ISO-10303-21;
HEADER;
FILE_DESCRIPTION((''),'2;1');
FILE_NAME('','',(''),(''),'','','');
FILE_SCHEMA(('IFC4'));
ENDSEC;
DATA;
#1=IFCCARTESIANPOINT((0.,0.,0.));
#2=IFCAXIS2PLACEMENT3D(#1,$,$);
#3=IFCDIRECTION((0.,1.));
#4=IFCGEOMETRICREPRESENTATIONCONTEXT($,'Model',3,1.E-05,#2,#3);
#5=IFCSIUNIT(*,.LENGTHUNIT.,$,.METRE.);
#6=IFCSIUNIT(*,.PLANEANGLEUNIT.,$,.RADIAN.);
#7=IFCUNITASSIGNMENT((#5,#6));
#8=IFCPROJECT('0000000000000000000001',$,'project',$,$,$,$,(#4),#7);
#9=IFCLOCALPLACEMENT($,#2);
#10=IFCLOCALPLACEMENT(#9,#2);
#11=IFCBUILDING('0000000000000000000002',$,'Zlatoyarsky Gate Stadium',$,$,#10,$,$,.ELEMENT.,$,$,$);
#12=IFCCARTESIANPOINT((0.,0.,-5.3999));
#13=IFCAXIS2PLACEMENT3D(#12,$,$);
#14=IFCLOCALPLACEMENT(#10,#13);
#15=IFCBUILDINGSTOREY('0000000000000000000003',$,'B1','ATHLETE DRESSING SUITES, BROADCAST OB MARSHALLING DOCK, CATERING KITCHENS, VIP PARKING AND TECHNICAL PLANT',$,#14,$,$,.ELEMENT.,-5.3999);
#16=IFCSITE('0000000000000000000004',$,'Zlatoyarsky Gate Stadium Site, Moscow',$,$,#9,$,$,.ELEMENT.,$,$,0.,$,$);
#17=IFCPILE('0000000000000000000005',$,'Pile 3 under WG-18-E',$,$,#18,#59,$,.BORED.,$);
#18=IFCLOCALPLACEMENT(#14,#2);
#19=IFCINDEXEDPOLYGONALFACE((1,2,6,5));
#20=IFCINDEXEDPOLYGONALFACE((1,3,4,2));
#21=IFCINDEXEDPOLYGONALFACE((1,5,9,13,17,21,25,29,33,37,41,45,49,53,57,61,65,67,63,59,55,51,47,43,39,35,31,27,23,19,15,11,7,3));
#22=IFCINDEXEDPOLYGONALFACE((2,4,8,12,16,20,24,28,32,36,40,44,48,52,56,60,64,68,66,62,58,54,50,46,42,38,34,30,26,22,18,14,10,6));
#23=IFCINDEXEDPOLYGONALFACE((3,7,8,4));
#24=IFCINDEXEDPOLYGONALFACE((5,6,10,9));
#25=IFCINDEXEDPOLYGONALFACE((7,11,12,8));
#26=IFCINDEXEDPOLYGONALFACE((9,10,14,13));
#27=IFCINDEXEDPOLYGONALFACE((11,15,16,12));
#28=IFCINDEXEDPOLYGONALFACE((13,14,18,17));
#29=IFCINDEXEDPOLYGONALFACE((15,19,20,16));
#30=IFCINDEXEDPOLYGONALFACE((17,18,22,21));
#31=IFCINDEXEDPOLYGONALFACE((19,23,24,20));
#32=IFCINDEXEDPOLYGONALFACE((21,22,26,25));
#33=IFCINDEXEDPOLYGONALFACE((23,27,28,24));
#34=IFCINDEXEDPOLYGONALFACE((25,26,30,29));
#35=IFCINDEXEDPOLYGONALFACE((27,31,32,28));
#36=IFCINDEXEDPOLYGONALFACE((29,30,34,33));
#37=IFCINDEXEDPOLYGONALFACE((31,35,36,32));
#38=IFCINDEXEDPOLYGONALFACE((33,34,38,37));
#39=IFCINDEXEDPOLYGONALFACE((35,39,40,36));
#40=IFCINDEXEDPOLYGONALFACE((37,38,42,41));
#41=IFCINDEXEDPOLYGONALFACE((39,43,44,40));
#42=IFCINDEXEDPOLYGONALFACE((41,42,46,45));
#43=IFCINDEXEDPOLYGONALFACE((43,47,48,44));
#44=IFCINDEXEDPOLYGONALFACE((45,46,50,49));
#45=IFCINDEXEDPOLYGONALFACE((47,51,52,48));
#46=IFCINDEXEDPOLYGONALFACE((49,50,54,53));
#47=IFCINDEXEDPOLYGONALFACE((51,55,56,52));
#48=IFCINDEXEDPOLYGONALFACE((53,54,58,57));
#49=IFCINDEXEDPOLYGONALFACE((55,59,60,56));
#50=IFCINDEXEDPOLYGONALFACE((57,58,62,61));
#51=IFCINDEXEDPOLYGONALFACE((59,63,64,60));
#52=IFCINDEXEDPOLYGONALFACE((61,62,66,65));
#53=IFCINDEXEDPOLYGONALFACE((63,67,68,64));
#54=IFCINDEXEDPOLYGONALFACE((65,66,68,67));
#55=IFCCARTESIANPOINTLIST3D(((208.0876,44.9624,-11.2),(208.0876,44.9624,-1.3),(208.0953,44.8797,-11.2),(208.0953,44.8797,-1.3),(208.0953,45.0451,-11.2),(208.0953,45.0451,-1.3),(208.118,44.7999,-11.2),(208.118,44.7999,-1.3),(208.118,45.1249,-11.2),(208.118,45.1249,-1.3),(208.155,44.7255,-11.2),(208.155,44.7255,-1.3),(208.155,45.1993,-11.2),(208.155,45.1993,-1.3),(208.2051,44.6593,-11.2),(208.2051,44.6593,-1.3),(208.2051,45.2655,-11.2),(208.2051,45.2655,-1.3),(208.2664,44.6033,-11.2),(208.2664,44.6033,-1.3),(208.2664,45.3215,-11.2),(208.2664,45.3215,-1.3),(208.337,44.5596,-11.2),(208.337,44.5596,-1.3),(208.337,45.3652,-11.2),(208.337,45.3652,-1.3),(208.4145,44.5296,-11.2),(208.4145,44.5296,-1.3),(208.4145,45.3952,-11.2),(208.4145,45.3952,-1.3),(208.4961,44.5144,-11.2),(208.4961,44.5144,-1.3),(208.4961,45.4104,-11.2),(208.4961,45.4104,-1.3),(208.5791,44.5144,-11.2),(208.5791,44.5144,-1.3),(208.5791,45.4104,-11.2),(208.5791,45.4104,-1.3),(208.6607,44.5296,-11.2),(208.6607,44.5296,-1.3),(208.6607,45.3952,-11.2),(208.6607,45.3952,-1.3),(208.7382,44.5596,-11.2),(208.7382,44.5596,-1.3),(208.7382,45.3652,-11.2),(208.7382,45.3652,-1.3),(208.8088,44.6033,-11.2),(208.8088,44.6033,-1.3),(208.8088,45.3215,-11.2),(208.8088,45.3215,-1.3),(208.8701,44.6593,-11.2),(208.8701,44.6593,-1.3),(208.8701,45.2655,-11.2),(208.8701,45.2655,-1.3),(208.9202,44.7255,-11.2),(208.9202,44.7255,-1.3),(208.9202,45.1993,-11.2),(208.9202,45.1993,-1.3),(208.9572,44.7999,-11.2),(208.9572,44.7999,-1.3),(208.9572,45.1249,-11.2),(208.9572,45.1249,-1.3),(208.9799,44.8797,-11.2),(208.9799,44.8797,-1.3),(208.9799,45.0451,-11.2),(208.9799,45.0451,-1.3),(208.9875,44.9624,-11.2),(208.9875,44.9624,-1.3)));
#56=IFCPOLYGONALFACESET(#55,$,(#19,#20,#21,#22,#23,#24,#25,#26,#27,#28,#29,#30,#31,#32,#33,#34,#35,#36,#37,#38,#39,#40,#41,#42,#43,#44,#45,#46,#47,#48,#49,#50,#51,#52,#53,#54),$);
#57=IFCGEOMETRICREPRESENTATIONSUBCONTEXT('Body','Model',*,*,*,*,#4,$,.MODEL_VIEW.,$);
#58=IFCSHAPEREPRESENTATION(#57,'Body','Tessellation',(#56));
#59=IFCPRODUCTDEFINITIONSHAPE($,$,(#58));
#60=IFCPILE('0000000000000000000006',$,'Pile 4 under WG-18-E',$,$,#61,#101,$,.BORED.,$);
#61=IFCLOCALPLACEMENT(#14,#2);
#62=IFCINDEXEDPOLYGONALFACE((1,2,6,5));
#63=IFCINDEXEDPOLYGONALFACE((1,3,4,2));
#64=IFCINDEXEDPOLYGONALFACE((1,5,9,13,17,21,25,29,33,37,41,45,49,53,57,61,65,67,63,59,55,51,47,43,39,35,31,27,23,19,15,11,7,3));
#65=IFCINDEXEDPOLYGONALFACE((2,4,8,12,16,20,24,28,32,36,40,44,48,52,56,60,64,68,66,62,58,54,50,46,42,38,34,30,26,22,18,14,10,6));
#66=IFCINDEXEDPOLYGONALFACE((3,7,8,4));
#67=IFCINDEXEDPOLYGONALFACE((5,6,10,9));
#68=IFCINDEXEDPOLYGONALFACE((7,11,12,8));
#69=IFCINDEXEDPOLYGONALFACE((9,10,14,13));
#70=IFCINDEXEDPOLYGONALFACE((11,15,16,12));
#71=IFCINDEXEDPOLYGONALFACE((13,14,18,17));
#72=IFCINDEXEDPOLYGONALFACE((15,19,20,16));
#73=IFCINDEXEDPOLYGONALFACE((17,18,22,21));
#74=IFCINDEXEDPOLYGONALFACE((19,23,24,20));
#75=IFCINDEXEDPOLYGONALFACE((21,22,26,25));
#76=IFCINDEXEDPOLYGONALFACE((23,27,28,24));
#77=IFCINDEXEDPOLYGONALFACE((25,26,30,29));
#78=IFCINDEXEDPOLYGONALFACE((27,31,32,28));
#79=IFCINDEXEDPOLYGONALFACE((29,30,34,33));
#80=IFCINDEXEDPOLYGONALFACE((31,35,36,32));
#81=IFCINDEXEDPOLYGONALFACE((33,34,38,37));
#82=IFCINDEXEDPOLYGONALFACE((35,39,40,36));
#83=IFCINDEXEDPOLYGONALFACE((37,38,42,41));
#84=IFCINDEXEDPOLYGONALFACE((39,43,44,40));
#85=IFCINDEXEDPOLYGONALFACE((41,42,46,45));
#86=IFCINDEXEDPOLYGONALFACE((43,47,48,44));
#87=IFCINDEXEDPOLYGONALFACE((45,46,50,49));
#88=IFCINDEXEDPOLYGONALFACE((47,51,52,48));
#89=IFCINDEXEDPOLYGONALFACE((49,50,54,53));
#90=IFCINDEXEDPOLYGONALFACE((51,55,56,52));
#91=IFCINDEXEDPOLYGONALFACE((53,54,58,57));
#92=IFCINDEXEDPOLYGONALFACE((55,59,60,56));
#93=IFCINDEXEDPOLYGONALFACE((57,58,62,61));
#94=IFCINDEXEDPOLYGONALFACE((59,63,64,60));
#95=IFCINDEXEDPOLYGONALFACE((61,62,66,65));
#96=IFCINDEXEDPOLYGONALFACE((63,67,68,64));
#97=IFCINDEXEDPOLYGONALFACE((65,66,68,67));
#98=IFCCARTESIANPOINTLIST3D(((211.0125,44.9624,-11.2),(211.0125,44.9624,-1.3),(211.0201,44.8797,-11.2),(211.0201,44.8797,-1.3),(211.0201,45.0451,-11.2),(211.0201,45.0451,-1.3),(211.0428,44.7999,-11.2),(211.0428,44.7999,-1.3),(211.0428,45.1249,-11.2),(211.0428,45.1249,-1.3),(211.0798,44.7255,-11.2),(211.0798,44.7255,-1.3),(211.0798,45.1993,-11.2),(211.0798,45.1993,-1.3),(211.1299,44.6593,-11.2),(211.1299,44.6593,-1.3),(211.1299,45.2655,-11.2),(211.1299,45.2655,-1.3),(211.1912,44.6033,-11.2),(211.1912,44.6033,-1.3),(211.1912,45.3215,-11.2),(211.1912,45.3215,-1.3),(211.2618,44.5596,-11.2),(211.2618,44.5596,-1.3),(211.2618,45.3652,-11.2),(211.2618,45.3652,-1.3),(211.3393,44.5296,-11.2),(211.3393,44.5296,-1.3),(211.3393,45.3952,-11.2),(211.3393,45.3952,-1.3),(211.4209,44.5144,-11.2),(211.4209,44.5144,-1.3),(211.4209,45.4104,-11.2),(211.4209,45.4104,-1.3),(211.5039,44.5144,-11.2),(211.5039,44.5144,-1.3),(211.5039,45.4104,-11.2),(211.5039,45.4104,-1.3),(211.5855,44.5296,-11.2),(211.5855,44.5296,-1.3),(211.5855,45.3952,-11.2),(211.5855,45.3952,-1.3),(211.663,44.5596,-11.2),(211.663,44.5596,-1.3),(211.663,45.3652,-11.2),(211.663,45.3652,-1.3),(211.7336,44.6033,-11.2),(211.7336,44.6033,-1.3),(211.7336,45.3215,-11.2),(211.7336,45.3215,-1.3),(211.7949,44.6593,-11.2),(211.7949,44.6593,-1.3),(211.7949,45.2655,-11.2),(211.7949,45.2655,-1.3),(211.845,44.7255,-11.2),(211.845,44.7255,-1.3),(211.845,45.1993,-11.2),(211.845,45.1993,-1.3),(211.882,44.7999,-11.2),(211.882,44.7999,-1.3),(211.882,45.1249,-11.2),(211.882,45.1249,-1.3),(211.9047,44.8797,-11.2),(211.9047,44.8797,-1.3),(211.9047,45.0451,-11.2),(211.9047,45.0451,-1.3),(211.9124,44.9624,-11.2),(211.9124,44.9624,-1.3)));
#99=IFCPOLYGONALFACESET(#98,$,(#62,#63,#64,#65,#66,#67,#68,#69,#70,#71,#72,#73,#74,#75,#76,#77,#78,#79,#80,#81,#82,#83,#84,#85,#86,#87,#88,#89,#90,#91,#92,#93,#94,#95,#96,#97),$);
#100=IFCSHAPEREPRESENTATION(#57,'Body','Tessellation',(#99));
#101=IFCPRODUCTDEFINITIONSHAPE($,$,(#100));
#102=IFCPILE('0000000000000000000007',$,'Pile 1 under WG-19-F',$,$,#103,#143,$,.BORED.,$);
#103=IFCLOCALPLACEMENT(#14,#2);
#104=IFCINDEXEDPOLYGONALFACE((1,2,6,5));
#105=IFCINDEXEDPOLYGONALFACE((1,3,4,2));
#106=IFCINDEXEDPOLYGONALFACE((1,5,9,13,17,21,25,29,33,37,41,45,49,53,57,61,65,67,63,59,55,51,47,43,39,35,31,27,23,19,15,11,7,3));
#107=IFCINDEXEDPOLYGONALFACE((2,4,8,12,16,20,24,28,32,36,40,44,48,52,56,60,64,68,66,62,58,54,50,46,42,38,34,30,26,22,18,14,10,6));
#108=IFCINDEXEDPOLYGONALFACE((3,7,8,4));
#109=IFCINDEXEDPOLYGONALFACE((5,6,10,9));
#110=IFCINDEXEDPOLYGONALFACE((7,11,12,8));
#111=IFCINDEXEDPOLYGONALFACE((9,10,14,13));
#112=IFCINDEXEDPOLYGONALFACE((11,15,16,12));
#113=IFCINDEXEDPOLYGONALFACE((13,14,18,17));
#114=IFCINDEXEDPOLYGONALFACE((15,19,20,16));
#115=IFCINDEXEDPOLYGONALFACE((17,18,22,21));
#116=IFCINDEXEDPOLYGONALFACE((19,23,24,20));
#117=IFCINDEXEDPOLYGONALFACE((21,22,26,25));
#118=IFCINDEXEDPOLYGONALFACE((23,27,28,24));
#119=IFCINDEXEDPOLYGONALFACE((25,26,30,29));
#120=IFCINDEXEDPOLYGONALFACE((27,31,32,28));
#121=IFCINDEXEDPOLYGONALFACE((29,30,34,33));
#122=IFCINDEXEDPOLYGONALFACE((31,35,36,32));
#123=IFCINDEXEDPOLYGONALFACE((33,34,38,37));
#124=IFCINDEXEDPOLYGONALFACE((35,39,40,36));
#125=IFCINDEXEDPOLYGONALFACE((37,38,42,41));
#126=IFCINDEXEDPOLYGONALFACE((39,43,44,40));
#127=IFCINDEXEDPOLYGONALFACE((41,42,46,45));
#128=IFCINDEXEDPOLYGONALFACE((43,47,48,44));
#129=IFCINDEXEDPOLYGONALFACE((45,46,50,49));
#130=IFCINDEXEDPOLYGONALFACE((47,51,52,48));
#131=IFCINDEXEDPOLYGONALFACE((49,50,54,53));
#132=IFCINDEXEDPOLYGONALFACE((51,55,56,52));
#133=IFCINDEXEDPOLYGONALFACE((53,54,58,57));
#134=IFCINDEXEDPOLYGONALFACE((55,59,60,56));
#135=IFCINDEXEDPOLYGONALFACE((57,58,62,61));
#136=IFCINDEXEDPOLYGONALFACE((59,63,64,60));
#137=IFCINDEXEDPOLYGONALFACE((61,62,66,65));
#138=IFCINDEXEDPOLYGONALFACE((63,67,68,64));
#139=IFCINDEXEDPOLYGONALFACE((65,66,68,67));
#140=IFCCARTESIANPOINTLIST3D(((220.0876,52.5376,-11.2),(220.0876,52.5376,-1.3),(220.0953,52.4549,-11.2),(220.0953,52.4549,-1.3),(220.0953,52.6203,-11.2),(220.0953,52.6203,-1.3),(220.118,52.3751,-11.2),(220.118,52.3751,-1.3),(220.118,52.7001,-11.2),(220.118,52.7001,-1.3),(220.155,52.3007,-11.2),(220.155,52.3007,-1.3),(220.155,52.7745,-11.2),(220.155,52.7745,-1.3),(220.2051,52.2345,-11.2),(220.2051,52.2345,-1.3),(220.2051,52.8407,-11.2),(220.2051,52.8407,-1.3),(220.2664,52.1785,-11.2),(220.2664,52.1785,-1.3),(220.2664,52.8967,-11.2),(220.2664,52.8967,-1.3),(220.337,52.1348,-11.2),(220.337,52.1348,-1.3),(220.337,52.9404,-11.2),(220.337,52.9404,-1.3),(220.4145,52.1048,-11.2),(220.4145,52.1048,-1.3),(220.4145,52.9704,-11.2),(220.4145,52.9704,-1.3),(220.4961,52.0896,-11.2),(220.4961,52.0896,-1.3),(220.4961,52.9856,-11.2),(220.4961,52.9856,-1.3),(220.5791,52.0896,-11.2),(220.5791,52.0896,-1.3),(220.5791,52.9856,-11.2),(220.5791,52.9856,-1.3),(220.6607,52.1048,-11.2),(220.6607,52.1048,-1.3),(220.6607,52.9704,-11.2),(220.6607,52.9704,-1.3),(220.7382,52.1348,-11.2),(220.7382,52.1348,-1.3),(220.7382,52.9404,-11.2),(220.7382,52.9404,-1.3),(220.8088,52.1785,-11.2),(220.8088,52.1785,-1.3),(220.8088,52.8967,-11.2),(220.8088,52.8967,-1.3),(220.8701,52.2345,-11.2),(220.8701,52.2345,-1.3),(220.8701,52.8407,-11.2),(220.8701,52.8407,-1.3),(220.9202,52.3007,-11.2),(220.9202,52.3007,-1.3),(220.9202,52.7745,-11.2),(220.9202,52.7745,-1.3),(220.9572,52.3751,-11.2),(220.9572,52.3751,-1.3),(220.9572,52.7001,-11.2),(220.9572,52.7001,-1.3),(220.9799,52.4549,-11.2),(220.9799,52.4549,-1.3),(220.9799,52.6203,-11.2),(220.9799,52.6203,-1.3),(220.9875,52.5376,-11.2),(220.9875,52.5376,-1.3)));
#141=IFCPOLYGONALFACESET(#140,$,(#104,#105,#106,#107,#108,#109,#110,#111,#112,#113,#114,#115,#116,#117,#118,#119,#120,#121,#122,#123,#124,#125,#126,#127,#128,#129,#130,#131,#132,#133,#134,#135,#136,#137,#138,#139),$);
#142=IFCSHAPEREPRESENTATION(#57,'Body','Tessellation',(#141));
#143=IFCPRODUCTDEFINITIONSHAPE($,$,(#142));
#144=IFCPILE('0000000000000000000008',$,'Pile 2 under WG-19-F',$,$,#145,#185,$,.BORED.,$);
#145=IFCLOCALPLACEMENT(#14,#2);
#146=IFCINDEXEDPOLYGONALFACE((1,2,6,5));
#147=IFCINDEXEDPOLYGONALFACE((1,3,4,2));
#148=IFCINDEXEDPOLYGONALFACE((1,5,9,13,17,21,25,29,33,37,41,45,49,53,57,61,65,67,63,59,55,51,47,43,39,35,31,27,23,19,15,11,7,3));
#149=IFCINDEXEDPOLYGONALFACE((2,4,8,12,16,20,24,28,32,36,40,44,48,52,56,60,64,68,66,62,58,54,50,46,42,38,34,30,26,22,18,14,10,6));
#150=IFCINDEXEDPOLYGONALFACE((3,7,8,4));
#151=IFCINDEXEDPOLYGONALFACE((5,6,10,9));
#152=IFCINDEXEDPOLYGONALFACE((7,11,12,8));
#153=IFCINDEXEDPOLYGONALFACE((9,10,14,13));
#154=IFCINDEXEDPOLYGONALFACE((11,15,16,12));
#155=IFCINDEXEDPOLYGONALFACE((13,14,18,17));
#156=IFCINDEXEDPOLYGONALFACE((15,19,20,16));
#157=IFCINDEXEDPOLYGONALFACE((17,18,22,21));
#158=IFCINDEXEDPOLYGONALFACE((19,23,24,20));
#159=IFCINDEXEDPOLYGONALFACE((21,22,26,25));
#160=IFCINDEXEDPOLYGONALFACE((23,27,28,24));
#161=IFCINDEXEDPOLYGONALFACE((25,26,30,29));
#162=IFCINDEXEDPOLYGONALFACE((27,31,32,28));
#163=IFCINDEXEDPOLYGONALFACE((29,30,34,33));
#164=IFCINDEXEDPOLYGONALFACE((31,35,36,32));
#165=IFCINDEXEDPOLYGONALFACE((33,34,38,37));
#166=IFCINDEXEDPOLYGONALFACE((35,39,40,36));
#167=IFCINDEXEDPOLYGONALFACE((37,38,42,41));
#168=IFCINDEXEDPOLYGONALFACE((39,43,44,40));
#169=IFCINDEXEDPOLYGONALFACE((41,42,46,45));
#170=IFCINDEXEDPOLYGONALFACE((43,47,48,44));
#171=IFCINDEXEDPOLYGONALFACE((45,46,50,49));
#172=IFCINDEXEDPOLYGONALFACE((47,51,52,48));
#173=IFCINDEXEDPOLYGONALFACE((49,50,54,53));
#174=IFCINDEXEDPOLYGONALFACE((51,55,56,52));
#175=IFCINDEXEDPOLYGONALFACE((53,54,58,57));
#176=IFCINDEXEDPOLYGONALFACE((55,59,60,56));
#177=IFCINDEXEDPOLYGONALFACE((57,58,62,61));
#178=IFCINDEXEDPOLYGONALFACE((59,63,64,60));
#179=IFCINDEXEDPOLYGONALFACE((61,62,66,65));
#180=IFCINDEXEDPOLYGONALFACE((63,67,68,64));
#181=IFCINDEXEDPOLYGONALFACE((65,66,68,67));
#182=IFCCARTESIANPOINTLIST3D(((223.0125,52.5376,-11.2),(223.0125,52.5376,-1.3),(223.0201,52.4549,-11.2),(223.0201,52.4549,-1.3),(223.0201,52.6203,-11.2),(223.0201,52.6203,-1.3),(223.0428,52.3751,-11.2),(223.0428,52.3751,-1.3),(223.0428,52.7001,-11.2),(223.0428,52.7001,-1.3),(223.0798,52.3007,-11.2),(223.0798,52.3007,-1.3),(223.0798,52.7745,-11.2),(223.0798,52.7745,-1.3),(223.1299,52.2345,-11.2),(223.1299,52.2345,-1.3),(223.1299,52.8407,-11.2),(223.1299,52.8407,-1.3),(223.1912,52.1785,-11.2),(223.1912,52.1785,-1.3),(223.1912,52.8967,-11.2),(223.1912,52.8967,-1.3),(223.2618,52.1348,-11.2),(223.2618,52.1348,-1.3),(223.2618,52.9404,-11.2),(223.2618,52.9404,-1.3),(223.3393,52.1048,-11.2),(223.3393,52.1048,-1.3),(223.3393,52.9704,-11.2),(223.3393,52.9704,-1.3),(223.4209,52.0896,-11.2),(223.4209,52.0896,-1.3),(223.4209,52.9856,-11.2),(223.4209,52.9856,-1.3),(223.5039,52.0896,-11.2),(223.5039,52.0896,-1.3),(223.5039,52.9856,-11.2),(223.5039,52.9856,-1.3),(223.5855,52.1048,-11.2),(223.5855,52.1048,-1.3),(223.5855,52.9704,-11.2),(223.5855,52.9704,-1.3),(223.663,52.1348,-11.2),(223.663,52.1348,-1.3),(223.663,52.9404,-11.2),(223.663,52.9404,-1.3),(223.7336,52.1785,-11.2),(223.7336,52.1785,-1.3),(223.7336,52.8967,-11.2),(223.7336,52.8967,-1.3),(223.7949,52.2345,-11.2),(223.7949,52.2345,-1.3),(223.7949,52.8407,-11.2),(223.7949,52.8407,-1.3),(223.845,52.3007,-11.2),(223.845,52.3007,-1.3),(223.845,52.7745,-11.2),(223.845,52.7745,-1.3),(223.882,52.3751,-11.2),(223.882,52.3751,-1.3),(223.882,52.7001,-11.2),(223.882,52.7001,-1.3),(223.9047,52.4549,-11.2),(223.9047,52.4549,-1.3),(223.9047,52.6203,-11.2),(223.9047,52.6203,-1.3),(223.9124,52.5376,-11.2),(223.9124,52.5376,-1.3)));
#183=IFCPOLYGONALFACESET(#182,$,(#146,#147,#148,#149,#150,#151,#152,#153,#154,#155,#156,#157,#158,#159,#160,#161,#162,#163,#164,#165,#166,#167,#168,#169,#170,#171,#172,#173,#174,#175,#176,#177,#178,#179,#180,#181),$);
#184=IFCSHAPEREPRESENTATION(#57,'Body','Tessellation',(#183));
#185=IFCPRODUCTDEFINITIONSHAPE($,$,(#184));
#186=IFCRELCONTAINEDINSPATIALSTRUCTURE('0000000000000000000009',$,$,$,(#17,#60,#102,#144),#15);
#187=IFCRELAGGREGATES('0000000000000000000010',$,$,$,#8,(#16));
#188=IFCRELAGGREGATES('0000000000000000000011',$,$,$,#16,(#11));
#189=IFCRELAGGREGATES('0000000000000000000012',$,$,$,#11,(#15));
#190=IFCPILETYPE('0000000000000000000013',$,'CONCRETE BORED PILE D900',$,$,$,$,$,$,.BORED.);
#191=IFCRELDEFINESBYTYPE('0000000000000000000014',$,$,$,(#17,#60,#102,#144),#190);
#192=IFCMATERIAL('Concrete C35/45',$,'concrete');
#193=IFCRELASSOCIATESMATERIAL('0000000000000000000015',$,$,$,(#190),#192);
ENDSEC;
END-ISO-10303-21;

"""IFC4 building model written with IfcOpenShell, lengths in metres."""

from ifc_helpers import new_model, si_unit, direction, frame, origin, origin_2d, place, context, subcontext, project, spatial, circle, extrude, material, material_profile, profile_set, type_object, element, save


model = new_model("IFC4")

# Units and contexts
model_context = context("Model", 3, precision=1e-05, world=origin(), true_north=direction((0.0, 1.0)))
body_context = subcontext(model_context, "Body", "Model", "MODEL_VIEW")
ifc_project = project(units=[si_unit("LENGTHUNIT", "METRE"), si_unit("PLANEANGLEUNIT", "RADIAN")], contexts=[model_context])

# Site, building, storey
site_placement = place(None, origin())
site = spatial("IfcSite", under=ifc_project, at=site_placement, Name="Zlatoyarsky Gate Stadium Site, Moscow", CompositionType="ELEMENT", RefElevation=0.0)
building_placement = place(site_placement, origin())
building = spatial("IfcBuilding", under=site, at=building_placement, Name="Zlatoyarsky Gate Stadium", CompositionType="ELEMENT")
storey_placement = place(building_placement, frame((0.0, 0.0, -5.3999)))
storey = spatial("IfcBuildingStorey", under=building, at=storey_placement, Name="B1", Description="ATHLETE DRESSING SUITES, BROADCAST OB MARSHALLING DOCK, CATERING KITCHENS, VIP PARKING AND TECHNICAL PLANT", CompositionType="ELEMENT", Elevation=-5.3999)

# Piles
ifc_material_1 = material(Name="Concrete C35/45", Category="concrete")
ifc_material_profile_1 = material_profile(ifc_material_1, circle(Radius=0.45, at=origin_2d()), Name="BORED PILE D900")
ifc_profile_set_1 = profile_set([ifc_material_profile_1], Name="Concrete C35/45")
pile_type_1 = type_object("IfcPileType", Name="CONCRETE BORED PILE D900", PredefinedType="BORED", material=ifc_profile_set_1)
for number, where, z_axis, x_axis, name in (
    (1, (208.5376, 44.9624, -1.3), (0.0, 0.0, -1.0), (1.0, 0.0, 0.0), "Pile 3 under WG-18-E"),
    (2, (211.4624, 44.9624, -1.3), (0.0, 0.0, -1.0), (1.0, 0.0, 0.0), "Pile 4 under WG-18-E"),
    (3, (220.5376, 52.5376, -1.3), (0.0, 0.0, -1.0), (1.0, 0.0, 0.0), "Pile 1 under WG-19-F"),
    (4, (223.4624, 52.5376, -1.3), (0.0, 0.0, -1.0), (1.0, 0.0, 0.0), "Pile 2 under WG-19-F"),
):
    element("IfcPile", number, at=place(storey_placement, frame(where, z_axis=z_axis, x_axis=x_axis)), inside=storey, type_object=pile_type_1, Name=name, PredefinedType="BORED", context=body_context, shape_type="SweptSolid", body=[
        extrude(circle(Radius=0.45, at=origin_2d()), origin(), (0.0, 0.0, 1.0), 9.8999),
    ])

save(model, "model.ifc")
